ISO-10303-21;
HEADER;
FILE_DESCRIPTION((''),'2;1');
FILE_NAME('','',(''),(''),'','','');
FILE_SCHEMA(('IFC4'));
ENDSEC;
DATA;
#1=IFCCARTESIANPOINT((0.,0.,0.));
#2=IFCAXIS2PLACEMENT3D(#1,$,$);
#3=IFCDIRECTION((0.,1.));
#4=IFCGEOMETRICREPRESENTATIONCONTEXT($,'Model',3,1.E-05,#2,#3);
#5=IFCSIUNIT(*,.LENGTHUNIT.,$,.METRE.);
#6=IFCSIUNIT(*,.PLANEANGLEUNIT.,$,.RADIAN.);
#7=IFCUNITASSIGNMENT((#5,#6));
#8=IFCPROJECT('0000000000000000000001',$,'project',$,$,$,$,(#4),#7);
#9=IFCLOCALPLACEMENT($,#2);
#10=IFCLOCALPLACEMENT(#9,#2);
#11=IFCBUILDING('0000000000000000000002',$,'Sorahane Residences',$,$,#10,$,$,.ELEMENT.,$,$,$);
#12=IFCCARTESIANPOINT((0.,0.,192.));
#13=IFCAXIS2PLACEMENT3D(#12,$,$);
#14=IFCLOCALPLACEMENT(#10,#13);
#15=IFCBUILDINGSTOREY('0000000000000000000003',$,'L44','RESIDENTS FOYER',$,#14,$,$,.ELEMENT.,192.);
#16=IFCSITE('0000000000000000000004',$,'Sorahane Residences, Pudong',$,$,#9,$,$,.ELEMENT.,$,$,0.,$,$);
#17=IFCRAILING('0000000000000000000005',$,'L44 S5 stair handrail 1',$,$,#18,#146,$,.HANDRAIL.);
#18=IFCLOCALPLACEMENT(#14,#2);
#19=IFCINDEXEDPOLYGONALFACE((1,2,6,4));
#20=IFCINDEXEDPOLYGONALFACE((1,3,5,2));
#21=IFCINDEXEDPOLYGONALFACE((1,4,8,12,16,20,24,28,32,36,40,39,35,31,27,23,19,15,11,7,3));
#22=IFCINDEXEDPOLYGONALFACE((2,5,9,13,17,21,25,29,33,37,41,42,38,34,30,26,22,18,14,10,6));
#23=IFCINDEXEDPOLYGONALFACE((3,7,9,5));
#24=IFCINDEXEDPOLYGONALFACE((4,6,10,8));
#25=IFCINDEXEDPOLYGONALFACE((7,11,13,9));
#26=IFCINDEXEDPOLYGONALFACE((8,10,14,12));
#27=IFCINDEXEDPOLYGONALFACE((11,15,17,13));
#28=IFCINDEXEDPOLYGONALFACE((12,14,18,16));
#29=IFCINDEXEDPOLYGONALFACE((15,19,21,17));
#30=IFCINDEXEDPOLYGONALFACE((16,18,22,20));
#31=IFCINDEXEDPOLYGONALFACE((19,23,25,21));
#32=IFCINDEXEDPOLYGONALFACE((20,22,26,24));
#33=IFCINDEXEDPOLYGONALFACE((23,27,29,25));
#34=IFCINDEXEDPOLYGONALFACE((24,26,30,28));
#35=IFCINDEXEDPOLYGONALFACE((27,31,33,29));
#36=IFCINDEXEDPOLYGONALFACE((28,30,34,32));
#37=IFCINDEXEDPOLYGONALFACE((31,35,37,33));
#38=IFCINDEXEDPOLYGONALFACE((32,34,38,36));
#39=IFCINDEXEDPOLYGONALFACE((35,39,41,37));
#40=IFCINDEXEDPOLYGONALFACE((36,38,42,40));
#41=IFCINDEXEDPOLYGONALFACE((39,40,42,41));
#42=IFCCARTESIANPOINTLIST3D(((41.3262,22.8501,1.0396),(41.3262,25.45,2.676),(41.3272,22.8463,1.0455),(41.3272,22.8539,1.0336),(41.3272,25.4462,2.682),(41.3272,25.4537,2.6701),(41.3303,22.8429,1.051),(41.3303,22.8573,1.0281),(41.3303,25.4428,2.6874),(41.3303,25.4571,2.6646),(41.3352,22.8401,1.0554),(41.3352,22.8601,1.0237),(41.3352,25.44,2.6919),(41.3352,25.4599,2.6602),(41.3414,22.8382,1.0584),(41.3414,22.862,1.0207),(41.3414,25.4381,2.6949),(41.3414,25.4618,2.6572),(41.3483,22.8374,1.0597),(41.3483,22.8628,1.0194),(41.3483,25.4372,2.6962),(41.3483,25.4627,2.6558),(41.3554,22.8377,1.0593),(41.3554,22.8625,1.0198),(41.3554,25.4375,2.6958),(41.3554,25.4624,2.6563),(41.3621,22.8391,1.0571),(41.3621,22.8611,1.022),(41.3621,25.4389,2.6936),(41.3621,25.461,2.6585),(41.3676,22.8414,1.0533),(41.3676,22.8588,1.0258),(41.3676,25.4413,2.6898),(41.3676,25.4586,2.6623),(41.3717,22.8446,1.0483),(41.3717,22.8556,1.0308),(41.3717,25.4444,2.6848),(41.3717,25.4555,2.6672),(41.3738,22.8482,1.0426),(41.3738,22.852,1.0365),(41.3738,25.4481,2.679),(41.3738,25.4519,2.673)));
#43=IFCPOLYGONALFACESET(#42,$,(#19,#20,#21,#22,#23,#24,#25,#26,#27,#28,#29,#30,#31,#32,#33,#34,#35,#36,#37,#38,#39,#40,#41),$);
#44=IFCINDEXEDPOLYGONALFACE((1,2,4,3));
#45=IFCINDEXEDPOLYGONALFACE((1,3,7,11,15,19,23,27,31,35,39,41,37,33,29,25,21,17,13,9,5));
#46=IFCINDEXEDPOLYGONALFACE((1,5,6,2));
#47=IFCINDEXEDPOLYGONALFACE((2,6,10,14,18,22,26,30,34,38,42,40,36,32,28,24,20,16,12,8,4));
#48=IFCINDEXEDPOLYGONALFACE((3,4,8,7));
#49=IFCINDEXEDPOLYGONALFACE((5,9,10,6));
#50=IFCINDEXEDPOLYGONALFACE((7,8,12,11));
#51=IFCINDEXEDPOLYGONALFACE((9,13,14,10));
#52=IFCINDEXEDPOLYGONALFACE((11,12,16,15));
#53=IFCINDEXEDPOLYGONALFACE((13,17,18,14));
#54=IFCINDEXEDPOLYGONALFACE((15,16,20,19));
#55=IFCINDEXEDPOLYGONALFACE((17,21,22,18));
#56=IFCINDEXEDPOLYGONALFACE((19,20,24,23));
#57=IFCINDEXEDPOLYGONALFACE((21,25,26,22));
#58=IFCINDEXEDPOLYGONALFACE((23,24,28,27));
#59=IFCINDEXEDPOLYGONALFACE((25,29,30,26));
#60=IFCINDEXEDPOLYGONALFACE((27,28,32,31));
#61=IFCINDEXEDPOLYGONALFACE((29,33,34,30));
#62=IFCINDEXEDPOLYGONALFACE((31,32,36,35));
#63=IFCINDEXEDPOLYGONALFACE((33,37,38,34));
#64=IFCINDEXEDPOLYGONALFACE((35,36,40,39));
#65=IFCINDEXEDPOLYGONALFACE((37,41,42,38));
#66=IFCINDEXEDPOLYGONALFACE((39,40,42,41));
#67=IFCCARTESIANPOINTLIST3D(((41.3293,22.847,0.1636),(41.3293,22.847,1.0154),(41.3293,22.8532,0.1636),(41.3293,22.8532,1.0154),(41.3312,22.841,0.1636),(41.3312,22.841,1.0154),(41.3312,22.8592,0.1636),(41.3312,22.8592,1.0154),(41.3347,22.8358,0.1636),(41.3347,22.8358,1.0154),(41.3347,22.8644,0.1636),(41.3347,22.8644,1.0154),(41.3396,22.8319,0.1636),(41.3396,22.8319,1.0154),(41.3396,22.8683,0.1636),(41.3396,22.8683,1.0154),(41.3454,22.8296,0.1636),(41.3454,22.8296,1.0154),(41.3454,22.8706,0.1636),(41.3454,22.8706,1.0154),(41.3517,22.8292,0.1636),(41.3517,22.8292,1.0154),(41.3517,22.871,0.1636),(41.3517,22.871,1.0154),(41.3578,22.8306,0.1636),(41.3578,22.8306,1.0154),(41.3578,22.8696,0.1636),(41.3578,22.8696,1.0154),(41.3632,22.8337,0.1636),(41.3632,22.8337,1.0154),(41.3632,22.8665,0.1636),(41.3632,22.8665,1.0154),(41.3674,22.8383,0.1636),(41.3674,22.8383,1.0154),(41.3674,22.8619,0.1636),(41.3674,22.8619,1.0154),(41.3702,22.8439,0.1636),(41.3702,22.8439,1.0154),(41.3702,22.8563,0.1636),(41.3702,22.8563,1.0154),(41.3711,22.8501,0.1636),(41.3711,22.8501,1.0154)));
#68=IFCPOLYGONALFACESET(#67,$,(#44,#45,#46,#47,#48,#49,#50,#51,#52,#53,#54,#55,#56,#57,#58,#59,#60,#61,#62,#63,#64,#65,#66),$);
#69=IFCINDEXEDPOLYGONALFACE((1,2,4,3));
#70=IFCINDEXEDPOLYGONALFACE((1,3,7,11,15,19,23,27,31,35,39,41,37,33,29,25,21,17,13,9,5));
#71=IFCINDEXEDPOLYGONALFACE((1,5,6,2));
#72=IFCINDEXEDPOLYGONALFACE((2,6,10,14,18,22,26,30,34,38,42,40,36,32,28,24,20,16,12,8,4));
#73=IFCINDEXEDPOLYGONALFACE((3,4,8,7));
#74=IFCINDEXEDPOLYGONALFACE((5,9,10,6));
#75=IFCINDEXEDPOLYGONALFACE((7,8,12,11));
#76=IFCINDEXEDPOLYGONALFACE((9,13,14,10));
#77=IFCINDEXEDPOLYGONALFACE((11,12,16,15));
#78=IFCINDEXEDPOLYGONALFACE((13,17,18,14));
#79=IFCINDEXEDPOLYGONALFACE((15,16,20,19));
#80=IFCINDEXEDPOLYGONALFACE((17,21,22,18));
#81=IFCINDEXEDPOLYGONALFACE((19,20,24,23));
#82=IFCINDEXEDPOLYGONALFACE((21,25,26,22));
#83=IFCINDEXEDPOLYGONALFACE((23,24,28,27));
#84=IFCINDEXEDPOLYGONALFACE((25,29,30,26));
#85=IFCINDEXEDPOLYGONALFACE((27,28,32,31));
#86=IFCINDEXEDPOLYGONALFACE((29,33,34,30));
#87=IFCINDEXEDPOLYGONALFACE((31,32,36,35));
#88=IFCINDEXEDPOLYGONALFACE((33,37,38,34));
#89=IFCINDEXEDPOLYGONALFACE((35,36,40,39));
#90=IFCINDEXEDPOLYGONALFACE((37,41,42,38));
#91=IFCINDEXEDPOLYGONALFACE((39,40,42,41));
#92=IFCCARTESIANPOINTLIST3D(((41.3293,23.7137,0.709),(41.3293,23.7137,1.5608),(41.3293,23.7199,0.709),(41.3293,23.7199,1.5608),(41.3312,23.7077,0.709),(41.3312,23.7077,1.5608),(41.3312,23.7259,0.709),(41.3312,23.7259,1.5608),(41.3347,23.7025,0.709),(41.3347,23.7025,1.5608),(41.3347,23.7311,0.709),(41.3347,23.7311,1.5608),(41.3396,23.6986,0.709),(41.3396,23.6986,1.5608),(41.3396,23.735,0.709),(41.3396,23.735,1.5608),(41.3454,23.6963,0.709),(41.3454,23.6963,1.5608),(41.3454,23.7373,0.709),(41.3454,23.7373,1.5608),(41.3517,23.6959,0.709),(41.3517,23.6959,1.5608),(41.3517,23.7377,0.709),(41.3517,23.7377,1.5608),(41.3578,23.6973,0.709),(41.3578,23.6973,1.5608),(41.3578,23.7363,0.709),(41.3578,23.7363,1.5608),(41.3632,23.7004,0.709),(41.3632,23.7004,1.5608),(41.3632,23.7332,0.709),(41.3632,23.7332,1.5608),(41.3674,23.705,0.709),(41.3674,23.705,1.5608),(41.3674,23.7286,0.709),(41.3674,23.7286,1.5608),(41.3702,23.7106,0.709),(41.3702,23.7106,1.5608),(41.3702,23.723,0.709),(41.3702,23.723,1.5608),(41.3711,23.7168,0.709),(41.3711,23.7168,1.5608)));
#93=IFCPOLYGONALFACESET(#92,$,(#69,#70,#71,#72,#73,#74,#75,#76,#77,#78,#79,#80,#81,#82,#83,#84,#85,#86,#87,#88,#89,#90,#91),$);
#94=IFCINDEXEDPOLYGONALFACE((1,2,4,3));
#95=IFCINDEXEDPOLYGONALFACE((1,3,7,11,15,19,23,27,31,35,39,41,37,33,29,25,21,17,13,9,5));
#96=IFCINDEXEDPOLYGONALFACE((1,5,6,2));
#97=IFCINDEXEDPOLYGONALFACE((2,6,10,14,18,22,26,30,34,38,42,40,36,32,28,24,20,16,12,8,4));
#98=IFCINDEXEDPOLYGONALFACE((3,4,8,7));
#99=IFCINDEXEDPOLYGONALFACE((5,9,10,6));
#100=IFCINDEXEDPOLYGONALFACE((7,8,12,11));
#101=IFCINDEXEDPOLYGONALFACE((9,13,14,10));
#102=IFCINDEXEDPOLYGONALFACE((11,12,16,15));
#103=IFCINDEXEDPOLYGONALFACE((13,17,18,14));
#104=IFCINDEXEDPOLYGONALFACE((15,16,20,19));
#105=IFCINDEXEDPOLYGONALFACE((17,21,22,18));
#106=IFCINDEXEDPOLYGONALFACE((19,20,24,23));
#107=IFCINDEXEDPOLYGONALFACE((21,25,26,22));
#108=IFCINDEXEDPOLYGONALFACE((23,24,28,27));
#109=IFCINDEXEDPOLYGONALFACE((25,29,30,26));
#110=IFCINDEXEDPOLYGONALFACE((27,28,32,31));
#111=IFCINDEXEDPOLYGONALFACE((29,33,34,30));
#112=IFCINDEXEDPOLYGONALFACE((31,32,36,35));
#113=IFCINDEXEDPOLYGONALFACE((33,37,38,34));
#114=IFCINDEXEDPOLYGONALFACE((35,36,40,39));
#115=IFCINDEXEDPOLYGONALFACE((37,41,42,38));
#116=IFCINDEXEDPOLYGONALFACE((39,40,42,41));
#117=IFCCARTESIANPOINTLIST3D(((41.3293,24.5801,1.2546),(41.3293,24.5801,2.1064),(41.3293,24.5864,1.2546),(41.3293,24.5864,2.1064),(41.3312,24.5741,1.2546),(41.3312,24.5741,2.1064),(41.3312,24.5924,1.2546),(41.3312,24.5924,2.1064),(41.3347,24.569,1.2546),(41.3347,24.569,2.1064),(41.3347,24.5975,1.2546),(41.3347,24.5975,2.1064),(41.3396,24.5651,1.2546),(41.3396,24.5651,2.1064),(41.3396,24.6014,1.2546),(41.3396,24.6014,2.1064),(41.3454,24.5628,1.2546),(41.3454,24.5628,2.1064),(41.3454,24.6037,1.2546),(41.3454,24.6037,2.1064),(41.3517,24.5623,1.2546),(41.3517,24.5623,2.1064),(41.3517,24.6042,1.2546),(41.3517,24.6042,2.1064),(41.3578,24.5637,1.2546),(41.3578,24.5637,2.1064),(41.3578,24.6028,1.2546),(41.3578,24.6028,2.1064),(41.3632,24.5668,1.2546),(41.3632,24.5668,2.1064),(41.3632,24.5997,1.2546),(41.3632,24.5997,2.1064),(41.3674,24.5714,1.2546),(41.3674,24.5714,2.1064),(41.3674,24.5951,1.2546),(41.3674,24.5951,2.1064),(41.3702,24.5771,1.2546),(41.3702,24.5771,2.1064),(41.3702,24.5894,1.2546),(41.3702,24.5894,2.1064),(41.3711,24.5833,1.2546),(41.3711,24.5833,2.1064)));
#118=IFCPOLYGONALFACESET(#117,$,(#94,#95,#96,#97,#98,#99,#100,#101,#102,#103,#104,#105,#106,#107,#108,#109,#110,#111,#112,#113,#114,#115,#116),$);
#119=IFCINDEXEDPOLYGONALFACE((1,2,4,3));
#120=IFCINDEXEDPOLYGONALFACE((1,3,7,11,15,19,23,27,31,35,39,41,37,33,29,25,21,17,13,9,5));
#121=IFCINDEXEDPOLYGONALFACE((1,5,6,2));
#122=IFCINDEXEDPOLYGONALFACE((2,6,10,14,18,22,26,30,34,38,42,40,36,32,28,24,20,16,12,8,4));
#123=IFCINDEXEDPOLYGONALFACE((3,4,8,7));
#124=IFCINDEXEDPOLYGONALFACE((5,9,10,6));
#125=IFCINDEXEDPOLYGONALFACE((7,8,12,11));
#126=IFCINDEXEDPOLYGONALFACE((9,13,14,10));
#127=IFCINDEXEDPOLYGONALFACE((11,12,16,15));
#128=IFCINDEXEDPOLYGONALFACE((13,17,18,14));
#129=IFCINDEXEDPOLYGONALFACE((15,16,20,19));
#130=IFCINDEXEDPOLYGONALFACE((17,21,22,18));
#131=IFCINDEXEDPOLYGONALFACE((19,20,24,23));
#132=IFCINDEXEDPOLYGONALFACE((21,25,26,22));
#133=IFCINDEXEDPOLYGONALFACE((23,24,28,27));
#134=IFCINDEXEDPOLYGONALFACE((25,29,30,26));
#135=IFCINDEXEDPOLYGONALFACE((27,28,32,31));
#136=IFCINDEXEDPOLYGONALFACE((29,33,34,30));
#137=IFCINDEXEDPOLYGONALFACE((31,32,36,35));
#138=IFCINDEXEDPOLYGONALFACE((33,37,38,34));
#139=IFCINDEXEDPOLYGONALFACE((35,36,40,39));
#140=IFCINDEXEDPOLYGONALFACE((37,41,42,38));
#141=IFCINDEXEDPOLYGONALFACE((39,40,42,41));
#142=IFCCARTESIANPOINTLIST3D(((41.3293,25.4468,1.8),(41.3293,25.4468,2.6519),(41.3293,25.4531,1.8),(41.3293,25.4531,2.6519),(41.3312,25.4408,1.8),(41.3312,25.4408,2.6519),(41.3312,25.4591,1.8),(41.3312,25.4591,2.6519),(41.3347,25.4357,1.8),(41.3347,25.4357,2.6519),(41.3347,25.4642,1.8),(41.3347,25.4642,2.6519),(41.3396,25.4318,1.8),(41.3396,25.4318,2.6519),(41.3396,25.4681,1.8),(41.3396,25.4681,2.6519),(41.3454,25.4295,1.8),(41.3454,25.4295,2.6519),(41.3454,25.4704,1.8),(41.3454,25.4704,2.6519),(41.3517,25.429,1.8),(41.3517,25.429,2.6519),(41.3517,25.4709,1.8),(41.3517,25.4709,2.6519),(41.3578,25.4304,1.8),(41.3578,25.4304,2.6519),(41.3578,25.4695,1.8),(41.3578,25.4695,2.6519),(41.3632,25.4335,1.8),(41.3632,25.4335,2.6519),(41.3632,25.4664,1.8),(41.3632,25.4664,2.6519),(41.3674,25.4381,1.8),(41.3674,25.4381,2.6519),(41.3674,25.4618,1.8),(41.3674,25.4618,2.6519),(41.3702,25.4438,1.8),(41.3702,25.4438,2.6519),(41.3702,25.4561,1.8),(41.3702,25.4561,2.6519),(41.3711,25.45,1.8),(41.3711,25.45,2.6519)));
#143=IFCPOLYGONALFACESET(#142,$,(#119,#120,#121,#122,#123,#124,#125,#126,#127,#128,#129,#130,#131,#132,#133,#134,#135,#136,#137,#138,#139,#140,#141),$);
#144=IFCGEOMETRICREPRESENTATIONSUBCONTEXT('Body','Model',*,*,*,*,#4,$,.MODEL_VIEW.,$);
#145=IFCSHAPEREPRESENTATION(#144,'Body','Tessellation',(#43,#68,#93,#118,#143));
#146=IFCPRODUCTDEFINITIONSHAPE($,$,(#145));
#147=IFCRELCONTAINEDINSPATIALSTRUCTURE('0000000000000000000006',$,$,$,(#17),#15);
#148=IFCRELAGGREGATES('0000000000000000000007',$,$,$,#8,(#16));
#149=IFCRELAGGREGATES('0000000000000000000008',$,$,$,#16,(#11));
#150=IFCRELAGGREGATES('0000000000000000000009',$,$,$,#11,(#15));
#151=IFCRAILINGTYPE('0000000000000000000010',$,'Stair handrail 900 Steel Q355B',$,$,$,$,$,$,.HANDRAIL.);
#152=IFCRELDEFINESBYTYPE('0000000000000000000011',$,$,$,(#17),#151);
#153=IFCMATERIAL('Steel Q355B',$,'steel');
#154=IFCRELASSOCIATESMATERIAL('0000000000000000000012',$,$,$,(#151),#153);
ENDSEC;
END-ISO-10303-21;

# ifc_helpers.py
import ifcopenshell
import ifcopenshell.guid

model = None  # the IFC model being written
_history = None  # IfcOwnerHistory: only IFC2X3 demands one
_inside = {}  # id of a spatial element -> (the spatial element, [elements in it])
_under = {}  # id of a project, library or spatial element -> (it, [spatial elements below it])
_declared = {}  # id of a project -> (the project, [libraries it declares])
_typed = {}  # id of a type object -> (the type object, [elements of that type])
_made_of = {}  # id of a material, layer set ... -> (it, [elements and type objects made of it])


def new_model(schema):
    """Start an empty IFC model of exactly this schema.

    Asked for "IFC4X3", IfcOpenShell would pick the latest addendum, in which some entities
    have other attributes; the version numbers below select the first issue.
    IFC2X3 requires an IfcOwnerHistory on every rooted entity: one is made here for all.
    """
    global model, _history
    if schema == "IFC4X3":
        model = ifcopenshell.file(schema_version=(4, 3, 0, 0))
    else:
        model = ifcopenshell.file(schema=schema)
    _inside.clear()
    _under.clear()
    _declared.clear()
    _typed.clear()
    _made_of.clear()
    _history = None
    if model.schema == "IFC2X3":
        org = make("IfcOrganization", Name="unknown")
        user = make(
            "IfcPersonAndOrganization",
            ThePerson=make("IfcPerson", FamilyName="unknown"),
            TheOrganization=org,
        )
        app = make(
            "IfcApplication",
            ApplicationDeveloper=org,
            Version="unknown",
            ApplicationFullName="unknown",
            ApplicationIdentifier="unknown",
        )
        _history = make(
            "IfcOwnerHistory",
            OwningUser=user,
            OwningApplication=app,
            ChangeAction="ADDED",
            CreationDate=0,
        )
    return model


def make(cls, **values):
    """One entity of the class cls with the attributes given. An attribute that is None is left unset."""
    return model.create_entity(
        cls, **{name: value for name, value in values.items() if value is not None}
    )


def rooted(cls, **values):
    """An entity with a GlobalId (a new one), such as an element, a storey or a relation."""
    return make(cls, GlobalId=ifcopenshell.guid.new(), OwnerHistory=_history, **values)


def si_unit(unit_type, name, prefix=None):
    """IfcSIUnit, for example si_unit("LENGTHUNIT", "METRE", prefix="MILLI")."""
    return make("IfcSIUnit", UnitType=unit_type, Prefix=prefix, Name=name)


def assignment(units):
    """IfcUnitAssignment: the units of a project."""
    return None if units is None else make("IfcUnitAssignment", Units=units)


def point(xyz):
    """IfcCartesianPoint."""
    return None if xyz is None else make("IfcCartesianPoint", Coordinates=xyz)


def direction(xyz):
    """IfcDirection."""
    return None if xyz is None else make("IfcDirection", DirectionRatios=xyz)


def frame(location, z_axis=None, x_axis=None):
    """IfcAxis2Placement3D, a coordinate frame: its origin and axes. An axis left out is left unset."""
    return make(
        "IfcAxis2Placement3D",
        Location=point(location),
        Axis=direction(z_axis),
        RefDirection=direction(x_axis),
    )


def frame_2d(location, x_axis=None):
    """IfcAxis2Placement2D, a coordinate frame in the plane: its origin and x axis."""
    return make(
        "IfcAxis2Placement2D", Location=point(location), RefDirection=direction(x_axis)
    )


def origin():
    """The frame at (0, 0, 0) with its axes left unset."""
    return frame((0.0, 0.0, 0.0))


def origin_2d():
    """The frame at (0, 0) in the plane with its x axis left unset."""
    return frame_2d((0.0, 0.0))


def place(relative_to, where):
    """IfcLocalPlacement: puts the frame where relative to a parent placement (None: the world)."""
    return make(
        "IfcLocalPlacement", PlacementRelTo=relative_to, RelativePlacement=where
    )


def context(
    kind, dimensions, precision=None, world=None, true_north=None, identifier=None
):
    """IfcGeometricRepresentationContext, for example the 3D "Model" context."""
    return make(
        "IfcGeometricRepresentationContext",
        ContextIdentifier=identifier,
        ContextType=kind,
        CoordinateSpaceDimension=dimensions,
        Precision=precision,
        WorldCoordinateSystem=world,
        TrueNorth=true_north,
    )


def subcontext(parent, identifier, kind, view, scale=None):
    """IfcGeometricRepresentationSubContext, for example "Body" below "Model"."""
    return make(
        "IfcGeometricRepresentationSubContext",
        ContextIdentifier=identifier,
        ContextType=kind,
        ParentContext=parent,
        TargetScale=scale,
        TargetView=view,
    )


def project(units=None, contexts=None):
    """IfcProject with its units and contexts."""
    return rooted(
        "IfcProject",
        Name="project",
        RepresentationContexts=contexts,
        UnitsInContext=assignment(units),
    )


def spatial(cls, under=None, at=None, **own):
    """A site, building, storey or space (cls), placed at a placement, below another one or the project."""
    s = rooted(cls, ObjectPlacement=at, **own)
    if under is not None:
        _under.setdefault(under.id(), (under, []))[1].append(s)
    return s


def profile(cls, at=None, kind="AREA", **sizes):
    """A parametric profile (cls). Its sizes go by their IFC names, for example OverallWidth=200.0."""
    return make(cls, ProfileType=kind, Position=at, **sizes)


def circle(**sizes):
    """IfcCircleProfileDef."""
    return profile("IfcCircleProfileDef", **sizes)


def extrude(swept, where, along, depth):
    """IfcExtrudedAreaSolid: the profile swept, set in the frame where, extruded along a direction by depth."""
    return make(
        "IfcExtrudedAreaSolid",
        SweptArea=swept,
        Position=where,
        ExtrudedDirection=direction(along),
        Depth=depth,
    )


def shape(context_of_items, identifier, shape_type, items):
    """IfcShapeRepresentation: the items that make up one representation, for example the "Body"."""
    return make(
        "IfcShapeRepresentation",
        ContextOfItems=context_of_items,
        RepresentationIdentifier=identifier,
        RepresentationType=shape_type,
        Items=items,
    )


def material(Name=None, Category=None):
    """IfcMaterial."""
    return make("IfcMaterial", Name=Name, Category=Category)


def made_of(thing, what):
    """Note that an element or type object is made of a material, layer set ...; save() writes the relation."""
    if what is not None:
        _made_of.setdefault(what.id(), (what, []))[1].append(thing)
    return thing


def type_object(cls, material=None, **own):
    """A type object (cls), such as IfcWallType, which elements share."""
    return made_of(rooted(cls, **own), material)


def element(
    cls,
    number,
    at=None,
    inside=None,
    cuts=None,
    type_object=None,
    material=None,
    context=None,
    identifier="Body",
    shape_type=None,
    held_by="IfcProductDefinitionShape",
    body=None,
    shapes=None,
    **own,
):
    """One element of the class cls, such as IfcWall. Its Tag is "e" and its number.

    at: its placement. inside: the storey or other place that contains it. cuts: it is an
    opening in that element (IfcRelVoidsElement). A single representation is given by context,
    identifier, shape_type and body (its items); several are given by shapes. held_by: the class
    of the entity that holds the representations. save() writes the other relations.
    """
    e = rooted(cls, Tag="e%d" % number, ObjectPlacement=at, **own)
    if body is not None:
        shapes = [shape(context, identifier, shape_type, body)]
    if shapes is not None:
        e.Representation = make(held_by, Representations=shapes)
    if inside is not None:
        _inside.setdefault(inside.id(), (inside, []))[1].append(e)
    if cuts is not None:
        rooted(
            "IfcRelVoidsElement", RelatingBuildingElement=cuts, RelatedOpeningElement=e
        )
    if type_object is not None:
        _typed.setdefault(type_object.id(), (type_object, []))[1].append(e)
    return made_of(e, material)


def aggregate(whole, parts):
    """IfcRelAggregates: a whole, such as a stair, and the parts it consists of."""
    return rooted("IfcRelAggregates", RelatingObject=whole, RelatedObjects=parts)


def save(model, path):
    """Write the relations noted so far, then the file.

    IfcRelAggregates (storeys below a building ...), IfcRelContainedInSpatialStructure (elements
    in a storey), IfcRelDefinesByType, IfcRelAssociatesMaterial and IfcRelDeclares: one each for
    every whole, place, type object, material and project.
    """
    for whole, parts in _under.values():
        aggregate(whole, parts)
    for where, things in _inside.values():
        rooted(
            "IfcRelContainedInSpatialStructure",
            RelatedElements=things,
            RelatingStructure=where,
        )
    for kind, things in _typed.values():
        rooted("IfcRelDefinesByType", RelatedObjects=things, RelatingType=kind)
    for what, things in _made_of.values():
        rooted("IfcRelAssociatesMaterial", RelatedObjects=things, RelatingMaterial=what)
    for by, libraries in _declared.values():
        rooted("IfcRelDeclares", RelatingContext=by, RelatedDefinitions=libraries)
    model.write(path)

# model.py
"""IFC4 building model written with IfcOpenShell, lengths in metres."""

from ifc_helpers import new_model, si_unit, direction, frame, origin, origin_2d, place, context, subcontext, project, spatial, circle, extrude, material, type_object, element, save


model = new_model("IFC4")

# Units and contexts
model_context = context("Model", 3, precision=1e-05, world=origin(), true_north=direction((0.0, 1.0)))
body_context = subcontext(model_context, "Body", "Model", "MODEL_VIEW")
ifc_project = project(units=[si_unit("LENGTHUNIT", "METRE"), si_unit("PLANEANGLEUNIT", "RADIAN")], contexts=[model_context])

# Site, building, storey
site_placement = place(None, origin())
site = spatial("IfcSite", under=ifc_project, at=site_placement, Name="Sorahane Residences, Pudong", CompositionType="ELEMENT", RefElevation=0.0)
building_placement = place(site_placement, origin())
building = spatial("IfcBuilding", under=site, at=building_placement, Name="Sorahane Residences", CompositionType="ELEMENT")
storey_placement = place(building_placement, frame((0.0, 0.0, 192.0)))
storey = spatial("IfcBuildingStorey", under=building, at=storey_placement, Name="L44", Description="RESIDENTS FOYER", CompositionType="ELEMENT", Elevation=192.0)

# Railing
ifc_material_1 = material(Name="Steel Q355B", Category="steel")
railing_type_1 = type_object("IfcRailingType", Name="Stair handrail 900 Steel Q355B", PredefinedType="HANDRAIL", material=ifc_material_1)
railing_1_placement = place(storey_placement, frame((41.3501, 22.8501, 0.1636)))
element("IfcRailing", 1, at=railing_1_placement, inside=storey, type_object=railing_type_1, Name="L44 S5 stair handrail 1", PredefinedType="HANDRAIL", context=body_context, shape_type="SweptSolid", body=[
    extrude(circle(Radius=0.0239, at=origin_2d()), frame((0.0, 0.0, 0.876), z_axis=(0.0, 0.846302, 0.532704), x_axis=(-1.0, 0.0, 0.0)), (0.0, 0.0, 1.0), 3.072),
    extrude(circle(Radius=0.021, at=origin_2d()), origin(), (0.0, 0.0, 1.0), 0.8518),
    extrude(circle(Radius=0.021, at=origin_2d()), frame((0.0, 0.8667, 0.5454)), (0.0, 0.0, 1.0), 0.8518),
    extrude(circle(Radius=0.021, at=origin_2d()), frame((0.0, 1.7332, 1.0911)), (0.0, 0.0, 1.0), 0.8518),
    extrude(circle(Radius=0.021, at=origin_2d()), frame((0.0, 2.5999, 1.6365)), (0.0, 0.0, 1.0), 0.8518),
])

save(model, "model.ifc")
